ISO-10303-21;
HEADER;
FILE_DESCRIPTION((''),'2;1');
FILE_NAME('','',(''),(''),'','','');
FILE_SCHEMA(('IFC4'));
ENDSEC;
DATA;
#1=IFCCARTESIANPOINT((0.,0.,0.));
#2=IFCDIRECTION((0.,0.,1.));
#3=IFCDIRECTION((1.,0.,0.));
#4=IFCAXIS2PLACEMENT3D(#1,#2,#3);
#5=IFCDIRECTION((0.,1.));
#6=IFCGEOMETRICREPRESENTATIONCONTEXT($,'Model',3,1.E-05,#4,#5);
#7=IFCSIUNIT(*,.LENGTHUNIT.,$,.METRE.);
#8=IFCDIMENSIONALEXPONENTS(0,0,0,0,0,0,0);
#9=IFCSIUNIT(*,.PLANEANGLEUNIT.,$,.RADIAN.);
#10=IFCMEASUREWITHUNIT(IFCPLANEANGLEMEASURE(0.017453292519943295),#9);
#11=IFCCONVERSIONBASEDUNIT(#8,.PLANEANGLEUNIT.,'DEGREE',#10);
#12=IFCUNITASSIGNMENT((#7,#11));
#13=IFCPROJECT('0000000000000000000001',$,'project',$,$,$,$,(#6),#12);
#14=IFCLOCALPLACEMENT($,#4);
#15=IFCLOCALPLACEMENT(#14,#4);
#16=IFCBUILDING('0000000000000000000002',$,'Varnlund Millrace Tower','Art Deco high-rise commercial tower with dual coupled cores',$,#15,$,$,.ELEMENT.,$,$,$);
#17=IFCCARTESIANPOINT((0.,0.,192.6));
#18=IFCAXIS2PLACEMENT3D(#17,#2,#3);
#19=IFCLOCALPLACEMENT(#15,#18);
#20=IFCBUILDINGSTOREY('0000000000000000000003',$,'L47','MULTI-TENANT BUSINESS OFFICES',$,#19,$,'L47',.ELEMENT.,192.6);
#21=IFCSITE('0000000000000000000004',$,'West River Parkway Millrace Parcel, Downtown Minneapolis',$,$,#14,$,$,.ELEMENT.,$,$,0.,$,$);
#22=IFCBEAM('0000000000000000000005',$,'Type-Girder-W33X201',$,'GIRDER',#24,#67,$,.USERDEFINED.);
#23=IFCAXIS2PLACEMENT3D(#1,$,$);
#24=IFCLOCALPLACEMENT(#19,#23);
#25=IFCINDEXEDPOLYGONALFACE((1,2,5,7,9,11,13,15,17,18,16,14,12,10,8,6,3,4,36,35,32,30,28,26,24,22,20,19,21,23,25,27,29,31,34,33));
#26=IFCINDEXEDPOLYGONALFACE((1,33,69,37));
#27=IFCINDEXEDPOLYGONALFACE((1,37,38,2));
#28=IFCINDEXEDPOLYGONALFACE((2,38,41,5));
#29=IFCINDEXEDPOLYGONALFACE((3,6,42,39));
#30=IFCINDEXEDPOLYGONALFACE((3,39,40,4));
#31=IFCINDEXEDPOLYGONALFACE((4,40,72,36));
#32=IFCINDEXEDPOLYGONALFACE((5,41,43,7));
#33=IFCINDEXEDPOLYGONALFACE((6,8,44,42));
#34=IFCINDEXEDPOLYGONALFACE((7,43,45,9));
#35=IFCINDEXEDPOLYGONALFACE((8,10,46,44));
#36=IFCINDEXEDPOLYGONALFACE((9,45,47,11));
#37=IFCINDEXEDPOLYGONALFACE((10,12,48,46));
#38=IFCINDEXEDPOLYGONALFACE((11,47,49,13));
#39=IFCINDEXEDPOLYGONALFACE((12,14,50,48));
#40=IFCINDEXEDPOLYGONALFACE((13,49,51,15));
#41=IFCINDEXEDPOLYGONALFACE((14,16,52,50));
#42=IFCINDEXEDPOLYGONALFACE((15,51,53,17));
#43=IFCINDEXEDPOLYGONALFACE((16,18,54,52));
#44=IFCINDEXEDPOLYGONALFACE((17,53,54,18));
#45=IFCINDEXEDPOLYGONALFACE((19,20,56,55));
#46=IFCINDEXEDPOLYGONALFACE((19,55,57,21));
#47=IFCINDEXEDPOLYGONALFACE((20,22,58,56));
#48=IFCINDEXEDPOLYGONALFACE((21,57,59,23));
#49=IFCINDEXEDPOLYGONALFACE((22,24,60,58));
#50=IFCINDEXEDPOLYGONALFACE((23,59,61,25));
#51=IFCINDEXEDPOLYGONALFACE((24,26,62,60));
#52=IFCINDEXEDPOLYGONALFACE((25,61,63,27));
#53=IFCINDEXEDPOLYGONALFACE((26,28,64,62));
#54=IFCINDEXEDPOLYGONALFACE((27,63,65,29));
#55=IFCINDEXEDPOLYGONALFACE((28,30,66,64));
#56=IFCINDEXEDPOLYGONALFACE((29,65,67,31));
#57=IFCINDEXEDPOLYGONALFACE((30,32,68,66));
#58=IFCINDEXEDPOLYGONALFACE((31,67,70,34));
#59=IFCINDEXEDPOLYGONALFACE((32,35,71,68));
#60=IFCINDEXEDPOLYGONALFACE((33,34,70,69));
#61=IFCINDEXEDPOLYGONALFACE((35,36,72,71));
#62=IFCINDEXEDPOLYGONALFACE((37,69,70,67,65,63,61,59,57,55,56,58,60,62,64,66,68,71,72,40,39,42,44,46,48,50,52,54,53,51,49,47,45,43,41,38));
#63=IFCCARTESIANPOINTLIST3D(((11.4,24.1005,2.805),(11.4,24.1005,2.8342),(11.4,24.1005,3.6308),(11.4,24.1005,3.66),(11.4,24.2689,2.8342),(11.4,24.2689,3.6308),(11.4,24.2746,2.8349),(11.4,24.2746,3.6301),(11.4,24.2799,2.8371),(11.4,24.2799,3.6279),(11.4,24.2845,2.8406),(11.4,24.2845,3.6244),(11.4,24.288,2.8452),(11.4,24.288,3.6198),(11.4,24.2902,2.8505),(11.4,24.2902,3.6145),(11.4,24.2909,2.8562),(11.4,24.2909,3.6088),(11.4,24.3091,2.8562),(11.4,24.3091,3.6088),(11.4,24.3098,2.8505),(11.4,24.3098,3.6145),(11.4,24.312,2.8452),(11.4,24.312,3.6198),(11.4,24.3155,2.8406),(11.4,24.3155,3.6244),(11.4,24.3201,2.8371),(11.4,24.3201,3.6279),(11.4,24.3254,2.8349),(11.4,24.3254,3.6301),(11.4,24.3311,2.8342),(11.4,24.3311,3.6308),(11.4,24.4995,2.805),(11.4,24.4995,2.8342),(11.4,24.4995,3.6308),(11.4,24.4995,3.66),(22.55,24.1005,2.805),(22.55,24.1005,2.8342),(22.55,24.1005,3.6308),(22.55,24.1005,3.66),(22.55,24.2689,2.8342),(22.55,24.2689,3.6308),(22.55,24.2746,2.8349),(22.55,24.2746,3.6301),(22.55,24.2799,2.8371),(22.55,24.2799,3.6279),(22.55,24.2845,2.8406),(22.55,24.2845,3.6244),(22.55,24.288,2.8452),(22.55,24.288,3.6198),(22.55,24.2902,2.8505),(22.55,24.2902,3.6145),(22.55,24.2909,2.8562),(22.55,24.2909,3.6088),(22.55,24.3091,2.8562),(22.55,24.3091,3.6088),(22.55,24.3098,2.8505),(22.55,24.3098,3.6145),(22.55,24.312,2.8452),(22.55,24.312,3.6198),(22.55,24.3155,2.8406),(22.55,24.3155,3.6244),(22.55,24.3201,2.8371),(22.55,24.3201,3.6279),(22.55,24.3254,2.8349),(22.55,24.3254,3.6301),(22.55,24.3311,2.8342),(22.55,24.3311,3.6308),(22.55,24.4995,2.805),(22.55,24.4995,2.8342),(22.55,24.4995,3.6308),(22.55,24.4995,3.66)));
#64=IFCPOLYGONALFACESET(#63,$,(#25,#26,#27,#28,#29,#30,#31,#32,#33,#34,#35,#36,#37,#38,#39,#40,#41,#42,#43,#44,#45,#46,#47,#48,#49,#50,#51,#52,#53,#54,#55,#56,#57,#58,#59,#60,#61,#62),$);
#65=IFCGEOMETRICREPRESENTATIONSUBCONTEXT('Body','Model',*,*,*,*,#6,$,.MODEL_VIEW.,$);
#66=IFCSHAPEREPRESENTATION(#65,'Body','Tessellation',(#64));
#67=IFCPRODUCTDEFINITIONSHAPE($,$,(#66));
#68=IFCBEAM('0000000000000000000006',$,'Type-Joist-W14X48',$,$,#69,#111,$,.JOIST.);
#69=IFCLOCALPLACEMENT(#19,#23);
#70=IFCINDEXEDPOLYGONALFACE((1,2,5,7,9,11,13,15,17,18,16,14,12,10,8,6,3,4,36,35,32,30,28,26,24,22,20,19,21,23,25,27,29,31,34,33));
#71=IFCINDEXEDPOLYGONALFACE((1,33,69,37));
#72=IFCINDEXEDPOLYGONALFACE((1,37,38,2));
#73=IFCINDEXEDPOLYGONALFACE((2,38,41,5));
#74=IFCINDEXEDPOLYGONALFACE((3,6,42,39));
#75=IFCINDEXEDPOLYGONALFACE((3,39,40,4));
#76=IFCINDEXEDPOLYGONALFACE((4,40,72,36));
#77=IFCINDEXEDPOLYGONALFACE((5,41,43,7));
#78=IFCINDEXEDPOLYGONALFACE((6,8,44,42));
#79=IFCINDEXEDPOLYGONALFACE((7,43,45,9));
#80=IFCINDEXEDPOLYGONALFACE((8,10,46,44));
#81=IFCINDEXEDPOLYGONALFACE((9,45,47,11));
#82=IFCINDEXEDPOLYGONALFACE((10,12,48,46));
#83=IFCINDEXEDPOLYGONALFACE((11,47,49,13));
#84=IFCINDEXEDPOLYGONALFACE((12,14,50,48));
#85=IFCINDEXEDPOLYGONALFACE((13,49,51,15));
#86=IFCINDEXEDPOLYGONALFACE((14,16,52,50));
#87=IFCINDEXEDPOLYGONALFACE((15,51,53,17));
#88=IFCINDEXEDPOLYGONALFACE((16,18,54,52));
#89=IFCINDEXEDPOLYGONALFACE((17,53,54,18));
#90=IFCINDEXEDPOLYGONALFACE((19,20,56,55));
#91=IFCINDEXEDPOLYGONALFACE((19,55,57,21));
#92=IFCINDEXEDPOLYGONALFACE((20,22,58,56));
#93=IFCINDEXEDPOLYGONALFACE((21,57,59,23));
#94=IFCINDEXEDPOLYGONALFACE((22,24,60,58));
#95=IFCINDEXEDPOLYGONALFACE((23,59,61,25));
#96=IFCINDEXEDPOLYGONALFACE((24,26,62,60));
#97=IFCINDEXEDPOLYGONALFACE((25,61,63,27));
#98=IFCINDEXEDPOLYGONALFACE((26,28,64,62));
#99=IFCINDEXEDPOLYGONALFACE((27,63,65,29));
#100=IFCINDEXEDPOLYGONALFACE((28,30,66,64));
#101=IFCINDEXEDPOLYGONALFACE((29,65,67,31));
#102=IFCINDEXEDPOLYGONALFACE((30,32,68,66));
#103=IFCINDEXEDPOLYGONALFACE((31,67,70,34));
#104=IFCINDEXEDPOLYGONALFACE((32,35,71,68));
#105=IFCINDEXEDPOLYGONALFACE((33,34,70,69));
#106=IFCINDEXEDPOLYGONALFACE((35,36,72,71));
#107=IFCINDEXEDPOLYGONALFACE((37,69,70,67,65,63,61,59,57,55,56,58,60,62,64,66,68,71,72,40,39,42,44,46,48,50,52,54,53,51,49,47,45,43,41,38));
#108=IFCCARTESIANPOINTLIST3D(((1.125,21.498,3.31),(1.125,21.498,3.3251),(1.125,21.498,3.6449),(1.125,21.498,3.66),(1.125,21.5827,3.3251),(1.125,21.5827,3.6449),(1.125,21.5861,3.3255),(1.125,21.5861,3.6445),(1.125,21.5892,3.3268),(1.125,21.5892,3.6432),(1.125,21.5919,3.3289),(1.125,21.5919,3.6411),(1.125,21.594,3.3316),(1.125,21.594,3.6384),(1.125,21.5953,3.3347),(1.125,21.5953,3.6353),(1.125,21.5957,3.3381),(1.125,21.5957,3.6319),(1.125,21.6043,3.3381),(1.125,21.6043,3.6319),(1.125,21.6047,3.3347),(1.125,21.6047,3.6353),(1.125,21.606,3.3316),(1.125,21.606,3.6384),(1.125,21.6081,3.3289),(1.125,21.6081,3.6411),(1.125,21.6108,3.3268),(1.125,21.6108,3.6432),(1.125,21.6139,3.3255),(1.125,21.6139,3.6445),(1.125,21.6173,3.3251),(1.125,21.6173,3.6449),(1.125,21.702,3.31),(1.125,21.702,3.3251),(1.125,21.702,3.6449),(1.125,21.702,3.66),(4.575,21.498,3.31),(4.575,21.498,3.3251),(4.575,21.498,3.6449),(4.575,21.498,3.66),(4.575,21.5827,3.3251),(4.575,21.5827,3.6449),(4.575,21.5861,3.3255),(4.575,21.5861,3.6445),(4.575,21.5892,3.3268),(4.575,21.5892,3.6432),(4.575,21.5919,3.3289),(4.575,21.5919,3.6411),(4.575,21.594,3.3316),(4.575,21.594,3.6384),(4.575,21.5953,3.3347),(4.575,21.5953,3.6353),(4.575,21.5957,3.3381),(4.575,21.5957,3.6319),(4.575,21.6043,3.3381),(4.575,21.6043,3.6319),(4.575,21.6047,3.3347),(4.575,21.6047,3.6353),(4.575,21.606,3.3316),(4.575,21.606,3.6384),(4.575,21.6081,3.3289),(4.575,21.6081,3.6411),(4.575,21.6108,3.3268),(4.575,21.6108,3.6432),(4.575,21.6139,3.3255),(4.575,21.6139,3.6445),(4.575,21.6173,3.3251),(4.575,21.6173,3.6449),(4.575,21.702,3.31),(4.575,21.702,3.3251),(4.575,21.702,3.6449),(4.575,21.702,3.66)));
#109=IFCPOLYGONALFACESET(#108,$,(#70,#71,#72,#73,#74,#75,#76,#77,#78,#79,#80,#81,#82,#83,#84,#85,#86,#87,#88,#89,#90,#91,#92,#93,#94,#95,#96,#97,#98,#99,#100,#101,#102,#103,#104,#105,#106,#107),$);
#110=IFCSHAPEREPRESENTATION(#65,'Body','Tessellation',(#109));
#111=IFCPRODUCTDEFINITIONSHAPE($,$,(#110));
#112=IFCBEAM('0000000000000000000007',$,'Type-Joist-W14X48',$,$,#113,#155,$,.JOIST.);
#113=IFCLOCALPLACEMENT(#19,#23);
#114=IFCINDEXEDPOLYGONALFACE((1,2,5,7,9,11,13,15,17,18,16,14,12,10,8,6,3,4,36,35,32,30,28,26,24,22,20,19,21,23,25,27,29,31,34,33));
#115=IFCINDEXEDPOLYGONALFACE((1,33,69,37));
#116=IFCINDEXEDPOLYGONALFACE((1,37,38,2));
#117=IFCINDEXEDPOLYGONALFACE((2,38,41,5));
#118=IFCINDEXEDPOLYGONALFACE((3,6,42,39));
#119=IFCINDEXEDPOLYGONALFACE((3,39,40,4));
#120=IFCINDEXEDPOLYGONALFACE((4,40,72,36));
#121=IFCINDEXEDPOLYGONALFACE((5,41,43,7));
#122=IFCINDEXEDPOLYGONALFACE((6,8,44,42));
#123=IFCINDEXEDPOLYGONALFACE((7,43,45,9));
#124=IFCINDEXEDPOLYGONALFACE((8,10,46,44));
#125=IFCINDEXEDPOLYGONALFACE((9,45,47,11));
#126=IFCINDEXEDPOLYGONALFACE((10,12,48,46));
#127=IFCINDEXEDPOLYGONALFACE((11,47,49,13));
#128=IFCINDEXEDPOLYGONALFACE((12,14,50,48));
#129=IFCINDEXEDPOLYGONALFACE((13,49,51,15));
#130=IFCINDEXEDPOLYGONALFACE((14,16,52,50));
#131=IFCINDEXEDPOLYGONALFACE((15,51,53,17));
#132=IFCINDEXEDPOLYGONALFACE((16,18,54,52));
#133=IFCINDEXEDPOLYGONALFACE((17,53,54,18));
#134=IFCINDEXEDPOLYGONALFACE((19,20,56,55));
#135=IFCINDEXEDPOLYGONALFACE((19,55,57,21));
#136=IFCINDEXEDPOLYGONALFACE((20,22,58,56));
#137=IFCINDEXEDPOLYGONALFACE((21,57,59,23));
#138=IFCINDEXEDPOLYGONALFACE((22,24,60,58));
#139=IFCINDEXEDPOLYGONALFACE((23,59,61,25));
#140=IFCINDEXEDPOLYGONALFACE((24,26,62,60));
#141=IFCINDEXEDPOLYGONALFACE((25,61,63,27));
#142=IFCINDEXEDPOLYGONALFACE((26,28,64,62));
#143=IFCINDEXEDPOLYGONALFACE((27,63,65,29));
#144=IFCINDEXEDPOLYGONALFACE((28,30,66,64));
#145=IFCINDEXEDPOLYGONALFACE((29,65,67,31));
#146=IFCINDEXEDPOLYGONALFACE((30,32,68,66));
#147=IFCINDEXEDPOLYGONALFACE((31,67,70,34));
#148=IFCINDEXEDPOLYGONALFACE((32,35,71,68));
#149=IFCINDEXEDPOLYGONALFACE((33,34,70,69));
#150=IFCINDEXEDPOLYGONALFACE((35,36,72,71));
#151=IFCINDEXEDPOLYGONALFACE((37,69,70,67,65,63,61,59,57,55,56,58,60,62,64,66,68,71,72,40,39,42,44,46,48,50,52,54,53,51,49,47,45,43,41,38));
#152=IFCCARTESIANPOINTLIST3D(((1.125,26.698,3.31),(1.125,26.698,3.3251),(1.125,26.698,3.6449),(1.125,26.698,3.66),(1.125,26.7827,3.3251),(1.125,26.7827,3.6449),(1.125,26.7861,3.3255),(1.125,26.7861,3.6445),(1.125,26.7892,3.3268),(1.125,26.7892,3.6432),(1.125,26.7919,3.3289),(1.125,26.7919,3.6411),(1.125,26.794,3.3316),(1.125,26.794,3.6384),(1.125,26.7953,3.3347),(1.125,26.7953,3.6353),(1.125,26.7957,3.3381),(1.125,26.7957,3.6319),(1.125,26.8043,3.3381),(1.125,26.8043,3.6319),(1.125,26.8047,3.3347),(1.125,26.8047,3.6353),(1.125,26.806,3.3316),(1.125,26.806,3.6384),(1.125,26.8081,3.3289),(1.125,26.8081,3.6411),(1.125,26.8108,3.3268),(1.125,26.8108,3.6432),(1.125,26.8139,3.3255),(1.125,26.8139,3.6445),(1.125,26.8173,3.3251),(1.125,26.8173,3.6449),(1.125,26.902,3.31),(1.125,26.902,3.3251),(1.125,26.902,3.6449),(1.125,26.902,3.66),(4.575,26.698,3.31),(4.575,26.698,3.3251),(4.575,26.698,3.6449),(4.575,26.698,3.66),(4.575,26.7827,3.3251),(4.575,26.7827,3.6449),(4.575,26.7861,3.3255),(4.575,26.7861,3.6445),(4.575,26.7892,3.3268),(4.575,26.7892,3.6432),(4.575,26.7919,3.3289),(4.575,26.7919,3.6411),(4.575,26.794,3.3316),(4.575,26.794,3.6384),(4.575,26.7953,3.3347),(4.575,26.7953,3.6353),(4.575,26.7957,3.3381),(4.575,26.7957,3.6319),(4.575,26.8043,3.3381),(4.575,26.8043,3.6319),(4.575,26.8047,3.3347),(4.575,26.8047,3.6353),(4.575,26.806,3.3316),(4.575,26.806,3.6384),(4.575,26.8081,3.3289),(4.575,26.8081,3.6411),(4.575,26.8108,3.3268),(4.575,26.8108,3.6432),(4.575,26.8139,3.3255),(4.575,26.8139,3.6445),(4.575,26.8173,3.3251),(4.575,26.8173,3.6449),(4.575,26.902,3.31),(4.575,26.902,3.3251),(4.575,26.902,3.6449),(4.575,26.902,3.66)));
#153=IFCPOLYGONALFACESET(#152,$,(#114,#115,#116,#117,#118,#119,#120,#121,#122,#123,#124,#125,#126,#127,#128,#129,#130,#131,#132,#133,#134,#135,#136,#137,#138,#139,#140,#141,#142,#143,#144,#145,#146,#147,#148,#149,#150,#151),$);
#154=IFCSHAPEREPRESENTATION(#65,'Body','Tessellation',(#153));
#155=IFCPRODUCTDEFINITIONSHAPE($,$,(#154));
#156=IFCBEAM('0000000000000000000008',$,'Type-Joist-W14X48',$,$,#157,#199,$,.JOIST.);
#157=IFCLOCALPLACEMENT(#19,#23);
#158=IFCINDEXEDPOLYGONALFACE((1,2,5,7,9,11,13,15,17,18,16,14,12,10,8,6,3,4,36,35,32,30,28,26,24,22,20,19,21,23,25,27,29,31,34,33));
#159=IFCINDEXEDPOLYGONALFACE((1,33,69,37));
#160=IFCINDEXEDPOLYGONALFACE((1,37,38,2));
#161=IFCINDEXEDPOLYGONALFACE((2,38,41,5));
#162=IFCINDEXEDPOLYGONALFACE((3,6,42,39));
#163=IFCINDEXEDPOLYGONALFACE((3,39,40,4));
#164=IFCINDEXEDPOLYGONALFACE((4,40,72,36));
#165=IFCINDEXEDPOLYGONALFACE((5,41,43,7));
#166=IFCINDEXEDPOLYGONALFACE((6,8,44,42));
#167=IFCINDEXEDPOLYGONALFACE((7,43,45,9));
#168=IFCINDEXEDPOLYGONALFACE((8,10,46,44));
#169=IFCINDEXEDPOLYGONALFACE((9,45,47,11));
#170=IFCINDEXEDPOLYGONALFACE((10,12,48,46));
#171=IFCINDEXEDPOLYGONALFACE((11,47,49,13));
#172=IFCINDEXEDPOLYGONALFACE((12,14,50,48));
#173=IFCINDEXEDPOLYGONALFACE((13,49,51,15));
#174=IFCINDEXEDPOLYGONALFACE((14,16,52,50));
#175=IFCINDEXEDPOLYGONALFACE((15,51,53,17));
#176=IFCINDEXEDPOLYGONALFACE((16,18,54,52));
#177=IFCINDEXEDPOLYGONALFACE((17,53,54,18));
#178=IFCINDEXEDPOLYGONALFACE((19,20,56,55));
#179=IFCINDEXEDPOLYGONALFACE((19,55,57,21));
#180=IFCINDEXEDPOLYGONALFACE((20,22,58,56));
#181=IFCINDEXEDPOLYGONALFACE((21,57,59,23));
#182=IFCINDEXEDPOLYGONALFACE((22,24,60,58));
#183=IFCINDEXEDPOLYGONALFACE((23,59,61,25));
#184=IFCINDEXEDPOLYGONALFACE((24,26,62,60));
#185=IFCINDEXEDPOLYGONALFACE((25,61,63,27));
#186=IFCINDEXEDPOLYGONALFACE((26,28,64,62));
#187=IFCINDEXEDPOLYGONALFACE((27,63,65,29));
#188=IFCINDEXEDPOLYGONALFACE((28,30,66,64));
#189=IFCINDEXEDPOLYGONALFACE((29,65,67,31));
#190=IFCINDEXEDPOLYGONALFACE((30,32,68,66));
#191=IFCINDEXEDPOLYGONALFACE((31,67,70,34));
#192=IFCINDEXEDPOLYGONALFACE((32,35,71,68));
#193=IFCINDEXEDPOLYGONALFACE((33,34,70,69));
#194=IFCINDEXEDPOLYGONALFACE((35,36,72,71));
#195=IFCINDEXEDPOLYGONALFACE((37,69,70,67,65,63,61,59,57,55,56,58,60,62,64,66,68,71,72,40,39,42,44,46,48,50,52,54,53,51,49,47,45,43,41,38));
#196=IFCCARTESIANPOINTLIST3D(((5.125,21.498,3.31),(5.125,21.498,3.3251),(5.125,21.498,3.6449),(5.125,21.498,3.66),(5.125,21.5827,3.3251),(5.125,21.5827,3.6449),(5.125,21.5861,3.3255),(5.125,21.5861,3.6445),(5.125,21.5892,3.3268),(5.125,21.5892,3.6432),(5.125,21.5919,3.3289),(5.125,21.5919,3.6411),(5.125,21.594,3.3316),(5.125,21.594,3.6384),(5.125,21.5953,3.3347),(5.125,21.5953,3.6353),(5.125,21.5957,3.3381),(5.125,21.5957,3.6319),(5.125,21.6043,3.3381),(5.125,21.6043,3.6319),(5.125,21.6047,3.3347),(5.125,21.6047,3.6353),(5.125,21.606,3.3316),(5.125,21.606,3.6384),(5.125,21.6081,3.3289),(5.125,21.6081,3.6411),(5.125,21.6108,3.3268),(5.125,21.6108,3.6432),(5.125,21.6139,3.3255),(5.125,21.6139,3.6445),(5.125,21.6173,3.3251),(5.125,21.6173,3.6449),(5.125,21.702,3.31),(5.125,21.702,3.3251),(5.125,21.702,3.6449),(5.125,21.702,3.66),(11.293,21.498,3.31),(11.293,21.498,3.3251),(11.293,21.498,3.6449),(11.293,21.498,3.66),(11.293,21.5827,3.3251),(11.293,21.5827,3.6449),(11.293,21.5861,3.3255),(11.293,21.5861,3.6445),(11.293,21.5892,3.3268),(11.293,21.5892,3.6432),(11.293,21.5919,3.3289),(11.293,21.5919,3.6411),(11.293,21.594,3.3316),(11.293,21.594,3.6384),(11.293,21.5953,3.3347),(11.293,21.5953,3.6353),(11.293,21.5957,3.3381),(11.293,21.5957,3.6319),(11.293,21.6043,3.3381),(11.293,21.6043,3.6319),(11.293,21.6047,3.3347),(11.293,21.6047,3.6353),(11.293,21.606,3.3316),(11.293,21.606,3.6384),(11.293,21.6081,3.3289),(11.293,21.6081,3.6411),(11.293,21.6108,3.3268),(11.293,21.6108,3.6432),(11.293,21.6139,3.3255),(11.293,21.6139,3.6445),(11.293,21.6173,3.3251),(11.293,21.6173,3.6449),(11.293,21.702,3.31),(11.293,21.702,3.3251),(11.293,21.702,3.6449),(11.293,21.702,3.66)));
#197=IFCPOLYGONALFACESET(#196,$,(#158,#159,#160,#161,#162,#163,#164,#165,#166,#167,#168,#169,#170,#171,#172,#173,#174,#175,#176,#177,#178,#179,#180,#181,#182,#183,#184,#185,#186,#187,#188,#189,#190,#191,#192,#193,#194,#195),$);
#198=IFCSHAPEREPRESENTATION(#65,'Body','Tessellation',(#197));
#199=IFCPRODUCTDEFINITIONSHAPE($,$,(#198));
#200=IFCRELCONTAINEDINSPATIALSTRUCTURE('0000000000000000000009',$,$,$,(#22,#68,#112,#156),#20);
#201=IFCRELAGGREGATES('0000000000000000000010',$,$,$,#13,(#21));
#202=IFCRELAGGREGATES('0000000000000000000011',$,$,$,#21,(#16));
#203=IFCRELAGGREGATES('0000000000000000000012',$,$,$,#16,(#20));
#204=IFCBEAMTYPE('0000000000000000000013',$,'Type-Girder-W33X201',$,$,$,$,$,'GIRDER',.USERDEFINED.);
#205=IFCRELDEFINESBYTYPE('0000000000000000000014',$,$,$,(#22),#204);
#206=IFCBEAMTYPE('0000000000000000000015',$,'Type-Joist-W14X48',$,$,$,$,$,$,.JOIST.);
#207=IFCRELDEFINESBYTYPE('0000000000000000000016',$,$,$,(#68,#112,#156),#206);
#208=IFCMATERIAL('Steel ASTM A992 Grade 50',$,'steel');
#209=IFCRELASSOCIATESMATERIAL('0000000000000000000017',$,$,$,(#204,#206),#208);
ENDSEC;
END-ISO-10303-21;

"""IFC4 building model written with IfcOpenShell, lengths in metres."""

from ifc_helpers import new_model, entity, si_unit, converted_unit, direction, frame, origin_with_axes, origin_2d_with_axis, place, context, subcontext, project, spatial, i_section, extrude, material, material_profile, profile_set, type_object, element, save


model = new_model("IFC4")

# Units and contexts
model_context = context("Model", 3, precision=1e-05, world=origin_with_axes(), true_north=direction((0.0, 1.0)))
body_context = subcontext(model_context, "Body", "Model", "MODEL_VIEW")
ifc_project = project(units=[si_unit("LENGTHUNIT", "METRE"), converted_unit("PLANEANGLEUNIT", "DEGREE", entity("IfcPlaneAngleMeasure", 0.017453292519943295), si_unit("PLANEANGLEUNIT", "RADIAN"), dimensions=[0, 0, 0, 0, 0, 0, 0])], contexts=[model_context])

# Site, building, storey
site_placement = place(None, origin_with_axes())
site = spatial("IfcSite", under=ifc_project, at=site_placement, Name="West River Parkway Millrace Parcel, Downtown Minneapolis", CompositionType="ELEMENT", RefElevation=0.0)
building_placement = place(site_placement, origin_with_axes())
building = spatial("IfcBuilding", under=site, at=building_placement, Name="Varnlund Millrace Tower", Description="Art Deco high-rise commercial tower with dual coupled cores", CompositionType="ELEMENT")
storey_placement = place(building_placement, frame((0.0, 0.0, 192.6), z_axis=(0.0, 0.0, 1.0), x_axis=(1.0, 0.0, 0.0)))
storey = spatial("IfcBuildingStorey", under=building, at=storey_placement, Name="L47", Description="MULTI-TENANT BUSINESS OFFICES", LongName="L47", CompositionType="ELEMENT", Elevation=192.6)

# Beams
ifc_material_1 = material(Name="Steel ASTM A992 Grade 50", Category="steel")
ifc_material_profile_1 = material_profile(ifc_material_1, i_section(OverallWidth=0.399, OverallDepth=0.855, WebThickness=0.0182, FlangeThickness=0.0292, FilletRadius=0.022, at=origin_2d_with_axis()), Name="Steel ASTM A992 Grade 50")
ifc_profile_set_1 = profile_set([ifc_material_profile_1], Name="Steel ASTM A992 Grade 50")
beam_type_1 = type_object("IfcBeamType", Name="Type-Girder-W33X201", ElementType="GIRDER", PredefinedType="USERDEFINED", material=ifc_profile_set_1)
beam_1_placement = place(storey_placement, frame((11.4, 24.3, 3.2325), z_axis=(1.0, 0.0, 0.0), x_axis=(0.0, 1.0, 0.0)))
element("IfcBeam", 1, at=beam_1_placement, inside=storey, type_object=beam_type_1, Name="Type-Girder-W33X201", ObjectType="GIRDER", PredefinedType="USERDEFINED", context=body_context, shape_type="SweptSolid", body=[
    extrude(i_section(OverallWidth=0.399, OverallDepth=0.855, WebThickness=0.0182, FlangeThickness=0.0292, FilletRadius=0.022, at=origin_2d_with_axis()), origin_with_axes(), (0.0, 0.0, 1.0), 11.15),
])
ifc_material_profile_2 = material_profile(ifc_material_1, i_section(OverallWidth=0.204, OverallDepth=0.35, WebThickness=0.0086, FlangeThickness=0.0151, FilletRadius=0.013, at=origin_2d_with_axis()), Name="Steel ASTM A992 Grade 50")
ifc_profile_set_2 = profile_set([ifc_material_profile_2], Name="Steel ASTM A992 Grade 50")
beam_type_2 = type_object("IfcBeamType", Name="Type-Joist-W14X48", PredefinedType="JOIST", material=ifc_profile_set_2)
for number, where, z_axis, x_axis, name in (
    (2, (1.125, 21.6, 3.485), (1.0, 0.0, 0.0), (0.0, 1.0, 0.0), "Type-Joist-W14X48"),
    (3, (1.125, 26.8, 3.485), (1.0, 0.0, 0.0), (0.0, 1.0, 0.0), "Type-Joist-W14X48"),
):
    element("IfcBeam", number, at=place(storey_placement, frame(where, z_axis=z_axis, x_axis=x_axis)), inside=storey, type_object=beam_type_2, Name=name, PredefinedType="JOIST", context=body_context, shape_type="SweptSolid", body=[
        extrude(i_section(OverallWidth=0.204, OverallDepth=0.35, WebThickness=0.0086, FlangeThickness=0.0151, FilletRadius=0.013, at=origin_2d_with_axis()), origin_with_axes(), (0.0, 0.0, 1.0), 3.45),
    ])
for number, where, z_axis, x_axis, name in (
    (4, (5.125, 21.6, 3.485), (1.0, 0.0, 0.0), (0.0, 1.0, 0.0), "Type-Joist-W14X48"),
):
    element("IfcBeam", number, at=place(storey_placement, frame(where, z_axis=z_axis, x_axis=x_axis)), inside=storey, type_object=beam_type_2, Name=name, PredefinedType="JOIST", context=body_context, shape_type="SweptSolid", body=[
        extrude(i_section(OverallWidth=0.204, OverallDepth=0.35, WebThickness=0.0086, FlangeThickness=0.0151, FilletRadius=0.013, at=origin_2d_with_axis()), origin_with_axes(), (0.0, 0.0, 1.0), 6.168),
    ])

save(model, "model.ifc")
